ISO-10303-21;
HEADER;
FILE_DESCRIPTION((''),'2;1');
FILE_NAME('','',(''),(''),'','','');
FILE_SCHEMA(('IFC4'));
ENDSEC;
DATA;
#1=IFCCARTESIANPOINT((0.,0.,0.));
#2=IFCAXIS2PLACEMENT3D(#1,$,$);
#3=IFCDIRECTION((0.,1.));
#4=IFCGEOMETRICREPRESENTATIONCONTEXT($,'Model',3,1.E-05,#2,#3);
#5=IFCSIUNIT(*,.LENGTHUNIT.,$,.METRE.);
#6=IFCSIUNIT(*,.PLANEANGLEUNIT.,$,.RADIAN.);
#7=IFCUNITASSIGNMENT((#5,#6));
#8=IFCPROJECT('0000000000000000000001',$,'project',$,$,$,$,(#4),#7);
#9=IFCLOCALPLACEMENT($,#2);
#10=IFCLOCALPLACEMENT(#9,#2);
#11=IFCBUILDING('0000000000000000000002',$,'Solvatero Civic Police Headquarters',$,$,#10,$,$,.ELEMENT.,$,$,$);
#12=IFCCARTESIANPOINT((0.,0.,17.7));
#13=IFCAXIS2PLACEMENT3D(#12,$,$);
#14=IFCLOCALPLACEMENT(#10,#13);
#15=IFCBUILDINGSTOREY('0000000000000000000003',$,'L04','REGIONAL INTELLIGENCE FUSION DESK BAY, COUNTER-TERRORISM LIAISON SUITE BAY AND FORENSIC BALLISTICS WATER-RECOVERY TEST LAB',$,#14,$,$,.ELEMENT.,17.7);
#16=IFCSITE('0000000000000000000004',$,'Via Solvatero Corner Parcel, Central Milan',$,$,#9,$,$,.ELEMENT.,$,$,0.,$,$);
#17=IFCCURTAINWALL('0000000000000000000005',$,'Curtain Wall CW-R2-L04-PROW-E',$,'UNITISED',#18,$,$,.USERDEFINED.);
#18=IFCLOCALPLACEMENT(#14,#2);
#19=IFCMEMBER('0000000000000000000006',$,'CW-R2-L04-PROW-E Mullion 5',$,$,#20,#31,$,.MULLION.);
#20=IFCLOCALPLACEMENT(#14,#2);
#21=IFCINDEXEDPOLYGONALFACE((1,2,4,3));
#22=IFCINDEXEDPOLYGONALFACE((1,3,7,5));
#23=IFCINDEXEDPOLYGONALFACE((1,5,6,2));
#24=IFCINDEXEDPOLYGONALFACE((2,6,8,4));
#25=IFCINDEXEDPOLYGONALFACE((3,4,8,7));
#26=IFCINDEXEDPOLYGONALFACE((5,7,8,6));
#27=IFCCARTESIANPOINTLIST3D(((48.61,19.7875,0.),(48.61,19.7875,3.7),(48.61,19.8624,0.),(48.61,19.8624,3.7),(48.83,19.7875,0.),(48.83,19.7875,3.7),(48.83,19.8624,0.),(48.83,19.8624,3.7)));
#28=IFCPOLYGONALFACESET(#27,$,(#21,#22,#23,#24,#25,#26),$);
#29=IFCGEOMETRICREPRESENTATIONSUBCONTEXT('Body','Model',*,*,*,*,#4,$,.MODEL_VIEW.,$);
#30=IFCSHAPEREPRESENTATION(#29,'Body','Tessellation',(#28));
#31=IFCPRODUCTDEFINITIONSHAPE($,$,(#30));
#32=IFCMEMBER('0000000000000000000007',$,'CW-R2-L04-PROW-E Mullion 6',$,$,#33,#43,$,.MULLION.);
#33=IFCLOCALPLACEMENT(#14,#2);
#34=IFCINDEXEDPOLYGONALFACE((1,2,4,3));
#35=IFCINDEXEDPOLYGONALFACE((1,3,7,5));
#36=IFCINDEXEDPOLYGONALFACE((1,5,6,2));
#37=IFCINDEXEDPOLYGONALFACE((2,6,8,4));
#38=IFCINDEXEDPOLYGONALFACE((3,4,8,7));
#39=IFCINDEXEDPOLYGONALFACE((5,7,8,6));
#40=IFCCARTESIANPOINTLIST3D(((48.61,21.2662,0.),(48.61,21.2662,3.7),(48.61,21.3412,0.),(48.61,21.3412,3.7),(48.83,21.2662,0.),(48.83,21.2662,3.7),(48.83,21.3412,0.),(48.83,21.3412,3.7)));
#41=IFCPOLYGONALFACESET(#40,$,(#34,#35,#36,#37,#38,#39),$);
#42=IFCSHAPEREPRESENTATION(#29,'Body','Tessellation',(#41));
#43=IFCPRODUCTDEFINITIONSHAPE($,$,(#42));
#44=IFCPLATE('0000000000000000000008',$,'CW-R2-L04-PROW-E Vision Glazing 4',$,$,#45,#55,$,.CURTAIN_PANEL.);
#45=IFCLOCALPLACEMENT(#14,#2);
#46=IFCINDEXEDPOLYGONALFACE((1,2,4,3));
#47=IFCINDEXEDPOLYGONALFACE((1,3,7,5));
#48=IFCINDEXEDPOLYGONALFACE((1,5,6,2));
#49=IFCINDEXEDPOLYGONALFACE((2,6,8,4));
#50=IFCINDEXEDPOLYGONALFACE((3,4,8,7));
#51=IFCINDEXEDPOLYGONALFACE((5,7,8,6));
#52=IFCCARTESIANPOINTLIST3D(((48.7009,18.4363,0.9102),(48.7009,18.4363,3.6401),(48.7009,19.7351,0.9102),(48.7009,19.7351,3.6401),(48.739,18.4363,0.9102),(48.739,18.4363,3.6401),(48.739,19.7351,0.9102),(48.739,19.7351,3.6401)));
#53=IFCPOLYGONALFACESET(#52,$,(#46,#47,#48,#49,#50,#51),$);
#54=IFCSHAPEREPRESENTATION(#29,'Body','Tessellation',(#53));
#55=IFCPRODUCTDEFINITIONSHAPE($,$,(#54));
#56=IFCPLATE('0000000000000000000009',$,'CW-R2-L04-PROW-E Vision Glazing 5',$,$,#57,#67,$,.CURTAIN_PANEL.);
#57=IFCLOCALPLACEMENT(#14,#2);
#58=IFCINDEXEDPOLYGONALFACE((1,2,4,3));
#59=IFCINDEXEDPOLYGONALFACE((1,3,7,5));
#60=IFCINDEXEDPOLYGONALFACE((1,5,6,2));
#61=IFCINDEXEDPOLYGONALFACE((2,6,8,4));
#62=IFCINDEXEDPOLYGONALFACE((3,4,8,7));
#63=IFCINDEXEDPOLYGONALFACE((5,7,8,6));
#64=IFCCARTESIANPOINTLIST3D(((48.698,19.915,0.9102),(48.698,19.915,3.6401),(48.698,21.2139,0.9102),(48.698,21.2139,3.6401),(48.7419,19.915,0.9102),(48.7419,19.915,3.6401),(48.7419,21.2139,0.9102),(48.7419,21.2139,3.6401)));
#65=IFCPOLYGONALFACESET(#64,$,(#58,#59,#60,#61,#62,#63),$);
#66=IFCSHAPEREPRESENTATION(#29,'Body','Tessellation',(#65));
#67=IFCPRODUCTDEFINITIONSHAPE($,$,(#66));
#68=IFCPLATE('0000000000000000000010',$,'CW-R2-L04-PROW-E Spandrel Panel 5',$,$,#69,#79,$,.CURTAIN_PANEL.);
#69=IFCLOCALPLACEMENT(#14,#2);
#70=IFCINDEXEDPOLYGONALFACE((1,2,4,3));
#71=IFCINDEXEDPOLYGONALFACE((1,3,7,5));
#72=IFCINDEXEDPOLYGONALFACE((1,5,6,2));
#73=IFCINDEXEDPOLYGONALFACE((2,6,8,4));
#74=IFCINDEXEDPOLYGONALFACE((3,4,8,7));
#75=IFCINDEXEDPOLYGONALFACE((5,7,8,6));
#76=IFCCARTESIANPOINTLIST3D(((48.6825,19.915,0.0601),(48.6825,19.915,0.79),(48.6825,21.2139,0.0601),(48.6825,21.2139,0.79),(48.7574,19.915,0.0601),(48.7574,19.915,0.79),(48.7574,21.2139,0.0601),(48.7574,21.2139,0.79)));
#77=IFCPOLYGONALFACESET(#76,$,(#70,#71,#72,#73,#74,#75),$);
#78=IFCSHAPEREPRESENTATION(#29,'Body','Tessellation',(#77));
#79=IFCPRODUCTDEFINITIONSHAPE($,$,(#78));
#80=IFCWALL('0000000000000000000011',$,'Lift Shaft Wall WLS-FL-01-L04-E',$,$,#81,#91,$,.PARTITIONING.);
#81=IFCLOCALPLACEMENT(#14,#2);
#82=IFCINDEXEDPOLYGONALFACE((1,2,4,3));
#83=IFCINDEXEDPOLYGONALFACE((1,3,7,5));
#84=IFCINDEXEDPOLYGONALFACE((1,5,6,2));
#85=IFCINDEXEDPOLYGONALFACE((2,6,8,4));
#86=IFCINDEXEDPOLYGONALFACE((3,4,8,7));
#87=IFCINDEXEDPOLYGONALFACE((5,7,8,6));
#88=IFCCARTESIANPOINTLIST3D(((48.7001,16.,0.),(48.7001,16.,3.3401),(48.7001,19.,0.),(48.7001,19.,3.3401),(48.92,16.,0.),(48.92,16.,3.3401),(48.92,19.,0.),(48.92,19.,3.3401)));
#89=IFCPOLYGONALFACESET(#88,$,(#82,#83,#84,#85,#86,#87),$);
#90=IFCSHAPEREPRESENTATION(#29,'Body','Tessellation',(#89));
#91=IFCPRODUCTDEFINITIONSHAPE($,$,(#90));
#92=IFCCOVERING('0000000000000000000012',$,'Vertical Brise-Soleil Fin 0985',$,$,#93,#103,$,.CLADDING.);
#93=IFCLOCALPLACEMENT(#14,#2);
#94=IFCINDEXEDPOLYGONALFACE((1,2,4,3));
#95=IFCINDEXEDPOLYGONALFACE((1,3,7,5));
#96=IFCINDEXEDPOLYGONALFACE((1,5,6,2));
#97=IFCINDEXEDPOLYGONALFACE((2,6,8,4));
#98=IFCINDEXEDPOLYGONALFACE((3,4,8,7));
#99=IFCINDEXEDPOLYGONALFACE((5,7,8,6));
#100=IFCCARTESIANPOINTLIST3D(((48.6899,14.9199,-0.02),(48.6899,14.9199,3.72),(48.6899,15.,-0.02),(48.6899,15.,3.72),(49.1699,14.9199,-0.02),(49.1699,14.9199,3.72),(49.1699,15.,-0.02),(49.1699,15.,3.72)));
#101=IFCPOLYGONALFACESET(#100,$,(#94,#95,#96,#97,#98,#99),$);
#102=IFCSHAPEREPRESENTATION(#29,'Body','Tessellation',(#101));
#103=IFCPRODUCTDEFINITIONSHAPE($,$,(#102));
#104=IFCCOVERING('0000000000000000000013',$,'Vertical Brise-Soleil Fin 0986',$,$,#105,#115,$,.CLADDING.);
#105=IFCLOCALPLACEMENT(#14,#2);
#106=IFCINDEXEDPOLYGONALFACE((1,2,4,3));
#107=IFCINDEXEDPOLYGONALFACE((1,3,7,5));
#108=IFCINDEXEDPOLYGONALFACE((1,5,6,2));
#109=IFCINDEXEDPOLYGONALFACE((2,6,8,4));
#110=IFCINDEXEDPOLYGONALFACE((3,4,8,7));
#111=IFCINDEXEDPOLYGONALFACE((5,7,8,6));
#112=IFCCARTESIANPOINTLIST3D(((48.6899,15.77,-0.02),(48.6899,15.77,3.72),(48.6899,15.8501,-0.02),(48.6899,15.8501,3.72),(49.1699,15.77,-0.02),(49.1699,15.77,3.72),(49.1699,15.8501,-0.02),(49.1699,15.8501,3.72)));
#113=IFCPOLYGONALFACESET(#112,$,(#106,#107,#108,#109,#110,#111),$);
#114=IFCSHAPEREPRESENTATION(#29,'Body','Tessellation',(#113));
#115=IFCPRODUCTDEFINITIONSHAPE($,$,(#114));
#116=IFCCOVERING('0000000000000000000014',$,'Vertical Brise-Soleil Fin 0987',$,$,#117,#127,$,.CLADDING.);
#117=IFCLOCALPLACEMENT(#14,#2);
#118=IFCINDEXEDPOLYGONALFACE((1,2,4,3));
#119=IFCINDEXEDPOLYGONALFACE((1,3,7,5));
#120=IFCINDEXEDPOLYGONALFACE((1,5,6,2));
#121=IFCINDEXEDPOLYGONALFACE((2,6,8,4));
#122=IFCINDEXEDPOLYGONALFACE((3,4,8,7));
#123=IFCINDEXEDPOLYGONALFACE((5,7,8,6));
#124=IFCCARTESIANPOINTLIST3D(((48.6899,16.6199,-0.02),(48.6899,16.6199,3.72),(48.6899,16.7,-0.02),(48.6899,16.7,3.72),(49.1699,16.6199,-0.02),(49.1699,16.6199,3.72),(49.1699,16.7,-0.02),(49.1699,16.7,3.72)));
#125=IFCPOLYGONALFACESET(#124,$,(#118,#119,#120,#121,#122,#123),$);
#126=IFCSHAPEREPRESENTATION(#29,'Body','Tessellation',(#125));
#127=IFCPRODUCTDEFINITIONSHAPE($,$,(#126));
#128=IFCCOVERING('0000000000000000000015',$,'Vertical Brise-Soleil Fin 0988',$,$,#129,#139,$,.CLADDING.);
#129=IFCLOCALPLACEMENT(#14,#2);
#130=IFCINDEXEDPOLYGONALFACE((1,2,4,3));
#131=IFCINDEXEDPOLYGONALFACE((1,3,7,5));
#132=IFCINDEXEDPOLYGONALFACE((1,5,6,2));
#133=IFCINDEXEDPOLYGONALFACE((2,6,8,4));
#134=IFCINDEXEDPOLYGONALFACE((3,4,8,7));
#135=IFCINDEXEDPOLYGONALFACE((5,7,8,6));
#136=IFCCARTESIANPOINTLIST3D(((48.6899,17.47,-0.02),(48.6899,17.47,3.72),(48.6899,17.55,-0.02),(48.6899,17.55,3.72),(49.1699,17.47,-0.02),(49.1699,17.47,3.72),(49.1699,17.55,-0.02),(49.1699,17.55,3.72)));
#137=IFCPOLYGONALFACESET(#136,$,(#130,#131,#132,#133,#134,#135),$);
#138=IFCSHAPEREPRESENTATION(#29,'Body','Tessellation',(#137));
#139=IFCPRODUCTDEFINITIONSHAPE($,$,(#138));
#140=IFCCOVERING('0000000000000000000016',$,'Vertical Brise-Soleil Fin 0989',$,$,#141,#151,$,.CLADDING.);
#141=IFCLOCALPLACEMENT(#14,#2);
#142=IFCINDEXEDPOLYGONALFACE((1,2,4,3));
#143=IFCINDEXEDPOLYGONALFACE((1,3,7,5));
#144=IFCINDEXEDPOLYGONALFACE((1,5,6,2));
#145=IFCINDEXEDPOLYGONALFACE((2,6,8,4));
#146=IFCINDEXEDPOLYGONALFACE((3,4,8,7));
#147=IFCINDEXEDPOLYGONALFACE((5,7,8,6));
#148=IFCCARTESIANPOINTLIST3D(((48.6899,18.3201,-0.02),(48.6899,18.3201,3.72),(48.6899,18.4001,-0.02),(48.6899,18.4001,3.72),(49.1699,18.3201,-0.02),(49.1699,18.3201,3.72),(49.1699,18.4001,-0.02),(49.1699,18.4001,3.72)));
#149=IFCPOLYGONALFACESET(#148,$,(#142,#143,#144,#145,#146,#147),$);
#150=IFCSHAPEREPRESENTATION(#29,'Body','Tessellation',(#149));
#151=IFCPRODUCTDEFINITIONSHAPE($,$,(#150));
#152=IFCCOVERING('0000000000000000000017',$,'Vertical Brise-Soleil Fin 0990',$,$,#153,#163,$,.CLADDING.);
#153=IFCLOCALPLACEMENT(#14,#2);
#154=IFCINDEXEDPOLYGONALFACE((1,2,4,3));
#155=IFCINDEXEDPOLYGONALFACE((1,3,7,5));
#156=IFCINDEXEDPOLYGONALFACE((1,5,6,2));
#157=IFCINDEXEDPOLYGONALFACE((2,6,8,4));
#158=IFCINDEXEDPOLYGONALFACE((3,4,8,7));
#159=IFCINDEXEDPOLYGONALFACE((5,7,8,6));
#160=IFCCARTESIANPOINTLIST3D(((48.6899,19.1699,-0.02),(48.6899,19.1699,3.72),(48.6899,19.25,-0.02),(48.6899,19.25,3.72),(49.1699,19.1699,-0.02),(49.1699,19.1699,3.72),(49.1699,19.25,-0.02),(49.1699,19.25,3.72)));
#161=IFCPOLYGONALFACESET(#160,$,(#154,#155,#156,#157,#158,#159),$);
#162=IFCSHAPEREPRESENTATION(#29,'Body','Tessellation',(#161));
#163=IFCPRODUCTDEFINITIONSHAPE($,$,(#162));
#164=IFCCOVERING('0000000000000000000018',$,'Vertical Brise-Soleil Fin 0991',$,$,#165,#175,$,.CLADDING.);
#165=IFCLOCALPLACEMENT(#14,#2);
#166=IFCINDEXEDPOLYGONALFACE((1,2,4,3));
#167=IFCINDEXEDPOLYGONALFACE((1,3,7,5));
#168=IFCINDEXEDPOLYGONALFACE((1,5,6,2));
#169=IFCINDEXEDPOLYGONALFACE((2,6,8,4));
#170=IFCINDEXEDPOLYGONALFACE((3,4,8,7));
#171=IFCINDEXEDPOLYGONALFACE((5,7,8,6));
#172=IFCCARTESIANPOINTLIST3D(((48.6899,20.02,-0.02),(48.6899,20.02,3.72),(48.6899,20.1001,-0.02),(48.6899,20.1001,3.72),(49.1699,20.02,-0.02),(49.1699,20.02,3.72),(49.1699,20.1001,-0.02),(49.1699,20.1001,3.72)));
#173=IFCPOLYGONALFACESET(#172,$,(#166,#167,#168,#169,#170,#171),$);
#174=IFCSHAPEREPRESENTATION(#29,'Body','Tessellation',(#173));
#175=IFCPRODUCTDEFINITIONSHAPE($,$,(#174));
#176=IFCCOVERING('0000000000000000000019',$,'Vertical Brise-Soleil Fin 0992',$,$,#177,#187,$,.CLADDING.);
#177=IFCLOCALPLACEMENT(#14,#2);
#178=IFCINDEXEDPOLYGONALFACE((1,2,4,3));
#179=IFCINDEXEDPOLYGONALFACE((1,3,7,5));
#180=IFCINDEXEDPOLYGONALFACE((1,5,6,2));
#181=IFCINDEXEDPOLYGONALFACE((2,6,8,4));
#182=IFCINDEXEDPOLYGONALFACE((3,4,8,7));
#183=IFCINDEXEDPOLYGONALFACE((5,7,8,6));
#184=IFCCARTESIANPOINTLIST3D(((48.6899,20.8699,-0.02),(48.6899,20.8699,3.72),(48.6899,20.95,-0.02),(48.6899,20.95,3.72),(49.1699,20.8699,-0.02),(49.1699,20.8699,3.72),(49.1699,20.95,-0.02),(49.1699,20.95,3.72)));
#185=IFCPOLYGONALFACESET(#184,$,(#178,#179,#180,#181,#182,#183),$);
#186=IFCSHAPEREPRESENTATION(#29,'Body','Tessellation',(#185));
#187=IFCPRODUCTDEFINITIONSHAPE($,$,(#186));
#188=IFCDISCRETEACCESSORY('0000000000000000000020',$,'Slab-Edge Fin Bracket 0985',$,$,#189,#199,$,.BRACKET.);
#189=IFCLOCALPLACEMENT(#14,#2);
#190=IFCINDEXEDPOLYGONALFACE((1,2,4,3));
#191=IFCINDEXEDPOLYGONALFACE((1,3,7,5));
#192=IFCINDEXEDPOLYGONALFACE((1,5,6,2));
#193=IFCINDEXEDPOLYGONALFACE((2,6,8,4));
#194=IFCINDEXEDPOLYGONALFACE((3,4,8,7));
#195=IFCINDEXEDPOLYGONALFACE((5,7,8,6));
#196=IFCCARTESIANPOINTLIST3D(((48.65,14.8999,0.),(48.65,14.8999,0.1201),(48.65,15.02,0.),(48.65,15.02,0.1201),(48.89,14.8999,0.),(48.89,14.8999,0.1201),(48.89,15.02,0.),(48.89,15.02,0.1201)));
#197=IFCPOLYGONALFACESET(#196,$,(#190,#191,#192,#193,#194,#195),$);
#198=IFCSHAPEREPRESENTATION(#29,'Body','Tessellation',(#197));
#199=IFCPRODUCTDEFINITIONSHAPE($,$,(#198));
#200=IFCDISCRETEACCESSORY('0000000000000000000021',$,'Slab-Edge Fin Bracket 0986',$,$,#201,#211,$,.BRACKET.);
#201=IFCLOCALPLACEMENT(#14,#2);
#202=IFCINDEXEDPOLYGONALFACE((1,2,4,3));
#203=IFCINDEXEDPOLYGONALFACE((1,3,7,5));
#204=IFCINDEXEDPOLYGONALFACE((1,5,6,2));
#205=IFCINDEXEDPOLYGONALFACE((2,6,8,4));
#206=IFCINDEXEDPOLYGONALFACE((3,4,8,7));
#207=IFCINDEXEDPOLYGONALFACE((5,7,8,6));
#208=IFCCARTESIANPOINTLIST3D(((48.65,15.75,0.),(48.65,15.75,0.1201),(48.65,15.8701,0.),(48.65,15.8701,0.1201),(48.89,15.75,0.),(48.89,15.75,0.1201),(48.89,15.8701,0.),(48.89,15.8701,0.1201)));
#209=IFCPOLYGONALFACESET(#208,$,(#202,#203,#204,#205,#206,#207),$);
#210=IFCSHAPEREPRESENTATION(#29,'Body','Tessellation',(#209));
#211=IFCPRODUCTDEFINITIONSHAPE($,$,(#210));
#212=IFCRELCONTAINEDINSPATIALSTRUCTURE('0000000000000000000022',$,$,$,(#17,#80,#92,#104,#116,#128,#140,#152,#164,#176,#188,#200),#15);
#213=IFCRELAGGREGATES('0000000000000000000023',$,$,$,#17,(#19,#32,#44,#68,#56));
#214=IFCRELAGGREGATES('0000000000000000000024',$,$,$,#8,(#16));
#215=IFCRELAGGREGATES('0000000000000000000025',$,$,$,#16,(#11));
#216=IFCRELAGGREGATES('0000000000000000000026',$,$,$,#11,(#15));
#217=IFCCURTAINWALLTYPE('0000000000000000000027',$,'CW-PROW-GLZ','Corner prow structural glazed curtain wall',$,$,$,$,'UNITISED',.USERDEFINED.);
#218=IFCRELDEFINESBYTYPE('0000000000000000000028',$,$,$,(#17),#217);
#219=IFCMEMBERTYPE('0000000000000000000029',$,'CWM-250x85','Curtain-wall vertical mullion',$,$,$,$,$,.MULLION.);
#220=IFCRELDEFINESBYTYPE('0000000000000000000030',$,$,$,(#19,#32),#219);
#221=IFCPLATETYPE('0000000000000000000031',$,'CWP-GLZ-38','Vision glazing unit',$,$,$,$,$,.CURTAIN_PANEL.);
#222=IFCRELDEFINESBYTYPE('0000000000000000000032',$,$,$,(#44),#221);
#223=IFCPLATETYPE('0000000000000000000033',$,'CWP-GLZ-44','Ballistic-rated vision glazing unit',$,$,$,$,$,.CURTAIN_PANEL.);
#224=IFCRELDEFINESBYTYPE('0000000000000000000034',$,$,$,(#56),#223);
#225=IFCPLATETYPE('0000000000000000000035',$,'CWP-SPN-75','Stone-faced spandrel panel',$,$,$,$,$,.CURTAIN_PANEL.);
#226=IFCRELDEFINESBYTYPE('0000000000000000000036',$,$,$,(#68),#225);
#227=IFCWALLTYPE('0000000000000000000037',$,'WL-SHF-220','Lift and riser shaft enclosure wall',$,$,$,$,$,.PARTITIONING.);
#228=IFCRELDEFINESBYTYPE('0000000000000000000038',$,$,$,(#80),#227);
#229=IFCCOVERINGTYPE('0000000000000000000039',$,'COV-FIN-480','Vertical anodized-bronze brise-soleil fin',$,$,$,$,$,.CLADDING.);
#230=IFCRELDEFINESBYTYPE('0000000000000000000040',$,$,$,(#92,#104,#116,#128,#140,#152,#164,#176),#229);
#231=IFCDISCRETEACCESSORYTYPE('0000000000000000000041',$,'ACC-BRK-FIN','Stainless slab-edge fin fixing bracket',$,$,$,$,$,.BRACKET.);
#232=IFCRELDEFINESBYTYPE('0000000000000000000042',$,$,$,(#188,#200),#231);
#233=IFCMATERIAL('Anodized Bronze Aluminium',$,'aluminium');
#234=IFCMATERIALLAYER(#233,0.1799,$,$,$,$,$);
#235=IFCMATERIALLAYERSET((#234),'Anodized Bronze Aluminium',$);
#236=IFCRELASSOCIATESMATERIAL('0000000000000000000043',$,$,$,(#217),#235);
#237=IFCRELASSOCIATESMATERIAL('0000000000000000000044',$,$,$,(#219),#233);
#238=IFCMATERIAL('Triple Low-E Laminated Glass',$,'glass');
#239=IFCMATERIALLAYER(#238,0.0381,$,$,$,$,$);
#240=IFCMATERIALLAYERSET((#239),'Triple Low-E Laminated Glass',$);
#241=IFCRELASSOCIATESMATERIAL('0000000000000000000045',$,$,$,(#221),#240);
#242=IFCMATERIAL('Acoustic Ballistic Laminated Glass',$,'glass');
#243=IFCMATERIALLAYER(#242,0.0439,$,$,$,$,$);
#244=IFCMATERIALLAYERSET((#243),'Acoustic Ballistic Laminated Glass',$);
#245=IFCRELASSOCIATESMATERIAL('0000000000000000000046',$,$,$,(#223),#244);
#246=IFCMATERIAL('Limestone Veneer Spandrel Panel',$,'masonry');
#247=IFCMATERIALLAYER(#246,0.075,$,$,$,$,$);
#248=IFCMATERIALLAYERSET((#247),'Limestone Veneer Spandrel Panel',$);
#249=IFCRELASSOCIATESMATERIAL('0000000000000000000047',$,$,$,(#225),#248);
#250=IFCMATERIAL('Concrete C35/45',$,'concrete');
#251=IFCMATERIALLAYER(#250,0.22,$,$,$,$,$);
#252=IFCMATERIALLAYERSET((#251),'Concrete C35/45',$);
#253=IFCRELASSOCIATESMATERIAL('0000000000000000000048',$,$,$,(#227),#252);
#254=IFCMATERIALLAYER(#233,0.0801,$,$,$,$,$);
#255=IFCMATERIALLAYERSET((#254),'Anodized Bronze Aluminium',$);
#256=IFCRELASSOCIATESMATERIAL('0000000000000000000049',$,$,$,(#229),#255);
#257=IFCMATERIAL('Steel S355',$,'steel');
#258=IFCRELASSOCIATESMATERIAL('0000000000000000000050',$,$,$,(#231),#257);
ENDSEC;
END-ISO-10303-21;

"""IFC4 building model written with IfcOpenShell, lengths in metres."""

from ifc_helpers import new_model, si_unit, direction, frame, frame_2d, origin, origin_2d, place, context, subcontext, project, spatial, rectangle, extrude, material, layer, layer_set, material_profile, profile_set, type_object, element, aggregate, save


model = new_model("IFC4")

# Units and contexts
model_context = context("Model", 3, precision=1e-05, world=origin(), true_north=direction((0.0, 1.0)))
body_context = subcontext(model_context, "Body", "Model", "MODEL_VIEW")
ifc_project = project(units=[si_unit("LENGTHUNIT", "METRE"), si_unit("PLANEANGLEUNIT", "RADIAN")], contexts=[model_context])

# Site, building, storey
site_placement = place(None, origin())
site = spatial("IfcSite", under=ifc_project, at=site_placement, Name="Via Solvatero Corner Parcel, Central Milan", CompositionType="ELEMENT", RefElevation=0.0)
building_placement = place(site_placement, origin())
building = spatial("IfcBuilding", under=site, at=building_placement, Name="Solvatero Civic Police Headquarters", CompositionType="ELEMENT")
storey_placement = place(building_placement, frame((0.0, 0.0, 17.7)))
storey = spatial("IfcBuildingStorey", under=building, at=storey_placement, Name="L04", Description="REGIONAL INTELLIGENCE FUSION DESK BAY, COUNTER-TERRORISM LIAISON SUITE BAY AND FORENSIC BALLISTICS WATER-RECOVERY TEST LAB", CompositionType="ELEMENT", Elevation=17.7)

# Curtain wall, members, plates
ifc_material_1 = material(Name="Anodized Bronze Aluminium", Category="aluminium")
ifc_layer_1 = layer(ifc_material_1, 0.1799)
ifc_layer_set_1 = layer_set([ifc_layer_1], Name="Anodized Bronze Aluminium")
curtain_wall_type = type_object("IfcCurtainWallType", Name="CW-PROW-GLZ", Description="Corner prow structural glazed curtain wall", ElementType="UNITISED", PredefinedType="USERDEFINED", material=ifc_layer_set_1)
curtain_wall_placement = place(storey_placement, origin())
curtain_wall = element("IfcCurtainWall", 1, at=curtain_wall_placement, inside=storey, type_object=curtain_wall_type, Name="Curtain Wall CW-R2-L04-PROW-E", ObjectType="UNITISED", PredefinedType="USERDEFINED")
ifc_material_profile = material_profile(ifc_material_1, rectangle(XDim=0.075, YDim=0.22, at=origin_2d()), Name="ALU MULLION 75x220")
ifc_profile_set = profile_set([ifc_material_profile], Name="Anodized Bronze Aluminium")
member_type = type_object("IfcMemberType", Name="CWM-250x85", Description="Curtain-wall vertical mullion", PredefinedType="MULLION", material=ifc_profile_set)
member_1_placement = place(storey_placement, frame((48.72, 19.825, 0.0), z_axis=(0.0, 0.0, 1.0), x_axis=(0.0, 1.0, 0.0)))
member_1 = element("IfcMember", 2, at=member_1_placement, type_object=member_type, Name="CW-R2-L04-PROW-E Mullion 5", PredefinedType="MULLION", context=body_context, shape_type="SweptSolid", body=[
    extrude(rectangle(XDim=0.075, YDim=0.22, at=origin_2d()), origin(), (0.0, 0.0, 1.0), 3.7),
])
member_2_placement = place(storey_placement, frame((48.72, 21.3037, 0.0), z_axis=(0.0, 0.0, 1.0), x_axis=(0.0, 1.0, 0.0)))
member_2 = element("IfcMember", 3, at=member_2_placement, type_object=member_type, Name="CW-R2-L04-PROW-E Mullion 6", PredefinedType="MULLION", context=body_context, shape_type="SweptSolid", body=[
    extrude(rectangle(XDim=0.075, YDim=0.22, at=origin_2d()), origin(), (0.0, 0.0, 1.0), 3.7),
])
ifc_material_2 = material(Name="Triple Low-E Laminated Glass", Category="glass")
ifc_layer_2 = layer(ifc_material_2, 0.0381)
ifc_layer_set_2 = layer_set([ifc_layer_2], Name="Triple Low-E Laminated Glass")
plate_type_1 = type_object("IfcPlateType", Name="CWP-GLZ-38", Description="Vision glazing unit", PredefinedType="CURTAIN_PANEL", material=ifc_layer_set_2)
plate_1_placement = place(storey_placement, frame((48.72, 19.0857, 0.9102), z_axis=(0.0, 0.0, 1.0), x_axis=(0.0, 1.0, 0.0)))
plate_1 = element("IfcPlate", 4, at=plate_1_placement, type_object=plate_type_1, Name="CW-R2-L04-PROW-E Vision Glazing 4", PredefinedType="CURTAIN_PANEL", context=body_context, shape_type="SweptSolid", body=[
    extrude(rectangle(XDim=1.2988, YDim=0.0381, at=origin_2d()), origin(), (0.0, 0.0, 1.0), 2.73),
])
ifc_material_3 = material(Name="Acoustic Ballistic Laminated Glass", Category="glass")
ifc_layer_3 = layer(ifc_material_3, 0.0439)
ifc_layer_set_3 = layer_set([ifc_layer_3], Name="Acoustic Ballistic Laminated Glass")
plate_type_2 = type_object("IfcPlateType", Name="CWP-GLZ-44", Description="Ballistic-rated vision glazing unit", PredefinedType="CURTAIN_PANEL", material=ifc_layer_set_3)
plate_2_placement = place(storey_placement, frame((48.72, 20.5645, 0.9102), z_axis=(0.0, 0.0, 1.0), x_axis=(0.0, 1.0, 0.0)))
plate_2 = element("IfcPlate", 5, at=plate_2_placement, type_object=plate_type_2, Name="CW-R2-L04-PROW-E Vision Glazing 5", PredefinedType="CURTAIN_PANEL", context=body_context, shape_type="SweptSolid", body=[
    extrude(rectangle(XDim=1.2988, YDim=0.0439, at=origin_2d()), origin(), (0.0, 0.0, 1.0), 2.73),
])
ifc_material_4 = material(Name="Limestone Veneer Spandrel Panel", Category="masonry")
ifc_layer_4 = layer(ifc_material_4, 0.075)
ifc_layer_set_4 = layer_set([ifc_layer_4], Name="Limestone Veneer Spandrel Panel")
plate_type_3 = type_object("IfcPlateType", Name="CWP-SPN-75", Description="Stone-faced spandrel panel", PredefinedType="CURTAIN_PANEL", material=ifc_layer_set_4)
plate_3_placement = place(storey_placement, frame((48.72, 20.5645, 0.0601), z_axis=(0.0, 0.0, 1.0), x_axis=(0.0, 1.0, 0.0)))
plate_3 = element("IfcPlate", 6, at=plate_3_placement, type_object=plate_type_3, Name="CW-R2-L04-PROW-E Spandrel Panel 5", PredefinedType="CURTAIN_PANEL", context=body_context, shape_type="SweptSolid", body=[
    extrude(rectangle(XDim=1.2988, YDim=0.075, at=origin_2d()), origin(), (0.0, 0.0, 1.0), 0.73),
])
aggregate(curtain_wall, [member_1, member_2, plate_1, plate_3, plate_2])

# Wall
ifc_material_5 = material(Name="Concrete C35/45", Category="concrete")
ifc_layer_5 = layer(ifc_material_5, 0.22)
ifc_layer_set_5 = layer_set([ifc_layer_5], Name="Concrete C35/45")
wall_type = type_object("IfcWallType", Name="WL-SHF-220", Description="Lift and riser shaft enclosure wall", PredefinedType="PARTITIONING", material=ifc_layer_set_5)
wall_placement = place(storey_placement, frame((48.8101, 16.0, 0.0), z_axis=(0.0, 0.0, 1.0), x_axis=(0.0, 1.0, 0.0)))
element("IfcWall", 7, at=wall_placement, inside=storey, type_object=wall_type, Name="Lift Shaft Wall WLS-FL-01-L04-E", PredefinedType="PARTITIONING", context=body_context, shape_type="SweptSolid", body=[
    extrude(rectangle(XDim=3.0, YDim=0.22, at=frame_2d((1.5, 0.0))), origin(), (0.0, 0.0, 1.0), 3.3401),
])

# Coverings
ifc_layer_6 = layer(ifc_material_1, 0.0801)
ifc_layer_set_6 = layer_set([ifc_layer_6], Name="Anodized Bronze Aluminium")
covering_type = type_object("IfcCoveringType", Name="COV-FIN-480", Description="Vertical anodized-bronze brise-soleil fin", PredefinedType="CLADDING", material=ifc_layer_set_6)
for number, where, z_axis, x_axis, name in (
    (8, (48.9299, 14.96, -0.02), (0.0, 0.0, 1.0), (0.0, 1.0, 0.0), "Vertical Brise-Soleil Fin 0985"),
    (9, (48.9299, 15.8101, -0.02), (0.0, 0.0, 1.0), (0.0, 1.0, 0.0), "Vertical Brise-Soleil Fin 0986"),
    (10, (48.9299, 16.6599, -0.02), (0.0, 0.0, 1.0), (0.0, 1.0, 0.0), "Vertical Brise-Soleil Fin 0987"),
    (11, (48.9299, 17.51, -0.02), (0.0, 0.0, 1.0), (0.0, 1.0, 0.0), "Vertical Brise-Soleil Fin 0988"),
    (12, (48.9299, 18.3601, -0.02), (0.0, 0.0, 1.0), (0.0, 1.0, 0.0), "Vertical Brise-Soleil Fin 0989"),
    (13, (48.9299, 19.21, -0.02), (0.0, 0.0, 1.0), (0.0, 1.0, 0.0), "Vertical Brise-Soleil Fin 0990"),
    (14, (48.9299, 20.0601, -0.02), (0.0, 0.0, 1.0), (0.0, 1.0, 0.0), "Vertical Brise-Soleil Fin 0991"),
    (15, (48.9299, 20.9099, -0.02), (0.0, 0.0, 1.0), (0.0, 1.0, 0.0), "Vertical Brise-Soleil Fin 0992"),
):
    element("IfcCovering", number, at=place(storey_placement, frame(where, z_axis=z_axis, x_axis=x_axis)), inside=storey, type_object=covering_type, Name=name, PredefinedType="CLADDING", context=body_context, shape_type="SweptSolid", body=[
        extrude(rectangle(XDim=0.0801, YDim=0.48, at=origin_2d()), origin(), (0.0, 0.0, 1.0), 3.74),
    ])

# Discrete accessories
ifc_material_6 = material(Name="Steel S355", Category="steel")
discrete_accessory_type = type_object("IfcDiscreteAccessoryType", Name="ACC-BRK-FIN", Description="Stainless slab-edge fin fixing bracket", PredefinedType="BRACKET", material=ifc_material_6)
for number, where, z_axis, x_axis, name in (
    (16, (48.77, 14.96, 0.0), (0.0, 0.0, 1.0), (0.0, 1.0, 0.0), "Slab-Edge Fin Bracket 0985"),
    (17, (48.77, 15.8101, 0.0), (0.0, 0.0, 1.0), (0.0, 1.0, 0.0), "Slab-Edge Fin Bracket 0986"),
):
    element("IfcDiscreteAccessory", number, at=place(storey_placement, frame(where, z_axis=z_axis, x_axis=x_axis)), inside=storey, type_object=discrete_accessory_type, Name=name, PredefinedType="BRACKET", context=body_context, shape_type="SweptSolid", body=[
        extrude(rectangle(XDim=0.1201, YDim=0.24, at=origin_2d()), origin(), (0.0, 0.0, 1.0), 0.1201),
    ])

save(model, "model.ifc")
